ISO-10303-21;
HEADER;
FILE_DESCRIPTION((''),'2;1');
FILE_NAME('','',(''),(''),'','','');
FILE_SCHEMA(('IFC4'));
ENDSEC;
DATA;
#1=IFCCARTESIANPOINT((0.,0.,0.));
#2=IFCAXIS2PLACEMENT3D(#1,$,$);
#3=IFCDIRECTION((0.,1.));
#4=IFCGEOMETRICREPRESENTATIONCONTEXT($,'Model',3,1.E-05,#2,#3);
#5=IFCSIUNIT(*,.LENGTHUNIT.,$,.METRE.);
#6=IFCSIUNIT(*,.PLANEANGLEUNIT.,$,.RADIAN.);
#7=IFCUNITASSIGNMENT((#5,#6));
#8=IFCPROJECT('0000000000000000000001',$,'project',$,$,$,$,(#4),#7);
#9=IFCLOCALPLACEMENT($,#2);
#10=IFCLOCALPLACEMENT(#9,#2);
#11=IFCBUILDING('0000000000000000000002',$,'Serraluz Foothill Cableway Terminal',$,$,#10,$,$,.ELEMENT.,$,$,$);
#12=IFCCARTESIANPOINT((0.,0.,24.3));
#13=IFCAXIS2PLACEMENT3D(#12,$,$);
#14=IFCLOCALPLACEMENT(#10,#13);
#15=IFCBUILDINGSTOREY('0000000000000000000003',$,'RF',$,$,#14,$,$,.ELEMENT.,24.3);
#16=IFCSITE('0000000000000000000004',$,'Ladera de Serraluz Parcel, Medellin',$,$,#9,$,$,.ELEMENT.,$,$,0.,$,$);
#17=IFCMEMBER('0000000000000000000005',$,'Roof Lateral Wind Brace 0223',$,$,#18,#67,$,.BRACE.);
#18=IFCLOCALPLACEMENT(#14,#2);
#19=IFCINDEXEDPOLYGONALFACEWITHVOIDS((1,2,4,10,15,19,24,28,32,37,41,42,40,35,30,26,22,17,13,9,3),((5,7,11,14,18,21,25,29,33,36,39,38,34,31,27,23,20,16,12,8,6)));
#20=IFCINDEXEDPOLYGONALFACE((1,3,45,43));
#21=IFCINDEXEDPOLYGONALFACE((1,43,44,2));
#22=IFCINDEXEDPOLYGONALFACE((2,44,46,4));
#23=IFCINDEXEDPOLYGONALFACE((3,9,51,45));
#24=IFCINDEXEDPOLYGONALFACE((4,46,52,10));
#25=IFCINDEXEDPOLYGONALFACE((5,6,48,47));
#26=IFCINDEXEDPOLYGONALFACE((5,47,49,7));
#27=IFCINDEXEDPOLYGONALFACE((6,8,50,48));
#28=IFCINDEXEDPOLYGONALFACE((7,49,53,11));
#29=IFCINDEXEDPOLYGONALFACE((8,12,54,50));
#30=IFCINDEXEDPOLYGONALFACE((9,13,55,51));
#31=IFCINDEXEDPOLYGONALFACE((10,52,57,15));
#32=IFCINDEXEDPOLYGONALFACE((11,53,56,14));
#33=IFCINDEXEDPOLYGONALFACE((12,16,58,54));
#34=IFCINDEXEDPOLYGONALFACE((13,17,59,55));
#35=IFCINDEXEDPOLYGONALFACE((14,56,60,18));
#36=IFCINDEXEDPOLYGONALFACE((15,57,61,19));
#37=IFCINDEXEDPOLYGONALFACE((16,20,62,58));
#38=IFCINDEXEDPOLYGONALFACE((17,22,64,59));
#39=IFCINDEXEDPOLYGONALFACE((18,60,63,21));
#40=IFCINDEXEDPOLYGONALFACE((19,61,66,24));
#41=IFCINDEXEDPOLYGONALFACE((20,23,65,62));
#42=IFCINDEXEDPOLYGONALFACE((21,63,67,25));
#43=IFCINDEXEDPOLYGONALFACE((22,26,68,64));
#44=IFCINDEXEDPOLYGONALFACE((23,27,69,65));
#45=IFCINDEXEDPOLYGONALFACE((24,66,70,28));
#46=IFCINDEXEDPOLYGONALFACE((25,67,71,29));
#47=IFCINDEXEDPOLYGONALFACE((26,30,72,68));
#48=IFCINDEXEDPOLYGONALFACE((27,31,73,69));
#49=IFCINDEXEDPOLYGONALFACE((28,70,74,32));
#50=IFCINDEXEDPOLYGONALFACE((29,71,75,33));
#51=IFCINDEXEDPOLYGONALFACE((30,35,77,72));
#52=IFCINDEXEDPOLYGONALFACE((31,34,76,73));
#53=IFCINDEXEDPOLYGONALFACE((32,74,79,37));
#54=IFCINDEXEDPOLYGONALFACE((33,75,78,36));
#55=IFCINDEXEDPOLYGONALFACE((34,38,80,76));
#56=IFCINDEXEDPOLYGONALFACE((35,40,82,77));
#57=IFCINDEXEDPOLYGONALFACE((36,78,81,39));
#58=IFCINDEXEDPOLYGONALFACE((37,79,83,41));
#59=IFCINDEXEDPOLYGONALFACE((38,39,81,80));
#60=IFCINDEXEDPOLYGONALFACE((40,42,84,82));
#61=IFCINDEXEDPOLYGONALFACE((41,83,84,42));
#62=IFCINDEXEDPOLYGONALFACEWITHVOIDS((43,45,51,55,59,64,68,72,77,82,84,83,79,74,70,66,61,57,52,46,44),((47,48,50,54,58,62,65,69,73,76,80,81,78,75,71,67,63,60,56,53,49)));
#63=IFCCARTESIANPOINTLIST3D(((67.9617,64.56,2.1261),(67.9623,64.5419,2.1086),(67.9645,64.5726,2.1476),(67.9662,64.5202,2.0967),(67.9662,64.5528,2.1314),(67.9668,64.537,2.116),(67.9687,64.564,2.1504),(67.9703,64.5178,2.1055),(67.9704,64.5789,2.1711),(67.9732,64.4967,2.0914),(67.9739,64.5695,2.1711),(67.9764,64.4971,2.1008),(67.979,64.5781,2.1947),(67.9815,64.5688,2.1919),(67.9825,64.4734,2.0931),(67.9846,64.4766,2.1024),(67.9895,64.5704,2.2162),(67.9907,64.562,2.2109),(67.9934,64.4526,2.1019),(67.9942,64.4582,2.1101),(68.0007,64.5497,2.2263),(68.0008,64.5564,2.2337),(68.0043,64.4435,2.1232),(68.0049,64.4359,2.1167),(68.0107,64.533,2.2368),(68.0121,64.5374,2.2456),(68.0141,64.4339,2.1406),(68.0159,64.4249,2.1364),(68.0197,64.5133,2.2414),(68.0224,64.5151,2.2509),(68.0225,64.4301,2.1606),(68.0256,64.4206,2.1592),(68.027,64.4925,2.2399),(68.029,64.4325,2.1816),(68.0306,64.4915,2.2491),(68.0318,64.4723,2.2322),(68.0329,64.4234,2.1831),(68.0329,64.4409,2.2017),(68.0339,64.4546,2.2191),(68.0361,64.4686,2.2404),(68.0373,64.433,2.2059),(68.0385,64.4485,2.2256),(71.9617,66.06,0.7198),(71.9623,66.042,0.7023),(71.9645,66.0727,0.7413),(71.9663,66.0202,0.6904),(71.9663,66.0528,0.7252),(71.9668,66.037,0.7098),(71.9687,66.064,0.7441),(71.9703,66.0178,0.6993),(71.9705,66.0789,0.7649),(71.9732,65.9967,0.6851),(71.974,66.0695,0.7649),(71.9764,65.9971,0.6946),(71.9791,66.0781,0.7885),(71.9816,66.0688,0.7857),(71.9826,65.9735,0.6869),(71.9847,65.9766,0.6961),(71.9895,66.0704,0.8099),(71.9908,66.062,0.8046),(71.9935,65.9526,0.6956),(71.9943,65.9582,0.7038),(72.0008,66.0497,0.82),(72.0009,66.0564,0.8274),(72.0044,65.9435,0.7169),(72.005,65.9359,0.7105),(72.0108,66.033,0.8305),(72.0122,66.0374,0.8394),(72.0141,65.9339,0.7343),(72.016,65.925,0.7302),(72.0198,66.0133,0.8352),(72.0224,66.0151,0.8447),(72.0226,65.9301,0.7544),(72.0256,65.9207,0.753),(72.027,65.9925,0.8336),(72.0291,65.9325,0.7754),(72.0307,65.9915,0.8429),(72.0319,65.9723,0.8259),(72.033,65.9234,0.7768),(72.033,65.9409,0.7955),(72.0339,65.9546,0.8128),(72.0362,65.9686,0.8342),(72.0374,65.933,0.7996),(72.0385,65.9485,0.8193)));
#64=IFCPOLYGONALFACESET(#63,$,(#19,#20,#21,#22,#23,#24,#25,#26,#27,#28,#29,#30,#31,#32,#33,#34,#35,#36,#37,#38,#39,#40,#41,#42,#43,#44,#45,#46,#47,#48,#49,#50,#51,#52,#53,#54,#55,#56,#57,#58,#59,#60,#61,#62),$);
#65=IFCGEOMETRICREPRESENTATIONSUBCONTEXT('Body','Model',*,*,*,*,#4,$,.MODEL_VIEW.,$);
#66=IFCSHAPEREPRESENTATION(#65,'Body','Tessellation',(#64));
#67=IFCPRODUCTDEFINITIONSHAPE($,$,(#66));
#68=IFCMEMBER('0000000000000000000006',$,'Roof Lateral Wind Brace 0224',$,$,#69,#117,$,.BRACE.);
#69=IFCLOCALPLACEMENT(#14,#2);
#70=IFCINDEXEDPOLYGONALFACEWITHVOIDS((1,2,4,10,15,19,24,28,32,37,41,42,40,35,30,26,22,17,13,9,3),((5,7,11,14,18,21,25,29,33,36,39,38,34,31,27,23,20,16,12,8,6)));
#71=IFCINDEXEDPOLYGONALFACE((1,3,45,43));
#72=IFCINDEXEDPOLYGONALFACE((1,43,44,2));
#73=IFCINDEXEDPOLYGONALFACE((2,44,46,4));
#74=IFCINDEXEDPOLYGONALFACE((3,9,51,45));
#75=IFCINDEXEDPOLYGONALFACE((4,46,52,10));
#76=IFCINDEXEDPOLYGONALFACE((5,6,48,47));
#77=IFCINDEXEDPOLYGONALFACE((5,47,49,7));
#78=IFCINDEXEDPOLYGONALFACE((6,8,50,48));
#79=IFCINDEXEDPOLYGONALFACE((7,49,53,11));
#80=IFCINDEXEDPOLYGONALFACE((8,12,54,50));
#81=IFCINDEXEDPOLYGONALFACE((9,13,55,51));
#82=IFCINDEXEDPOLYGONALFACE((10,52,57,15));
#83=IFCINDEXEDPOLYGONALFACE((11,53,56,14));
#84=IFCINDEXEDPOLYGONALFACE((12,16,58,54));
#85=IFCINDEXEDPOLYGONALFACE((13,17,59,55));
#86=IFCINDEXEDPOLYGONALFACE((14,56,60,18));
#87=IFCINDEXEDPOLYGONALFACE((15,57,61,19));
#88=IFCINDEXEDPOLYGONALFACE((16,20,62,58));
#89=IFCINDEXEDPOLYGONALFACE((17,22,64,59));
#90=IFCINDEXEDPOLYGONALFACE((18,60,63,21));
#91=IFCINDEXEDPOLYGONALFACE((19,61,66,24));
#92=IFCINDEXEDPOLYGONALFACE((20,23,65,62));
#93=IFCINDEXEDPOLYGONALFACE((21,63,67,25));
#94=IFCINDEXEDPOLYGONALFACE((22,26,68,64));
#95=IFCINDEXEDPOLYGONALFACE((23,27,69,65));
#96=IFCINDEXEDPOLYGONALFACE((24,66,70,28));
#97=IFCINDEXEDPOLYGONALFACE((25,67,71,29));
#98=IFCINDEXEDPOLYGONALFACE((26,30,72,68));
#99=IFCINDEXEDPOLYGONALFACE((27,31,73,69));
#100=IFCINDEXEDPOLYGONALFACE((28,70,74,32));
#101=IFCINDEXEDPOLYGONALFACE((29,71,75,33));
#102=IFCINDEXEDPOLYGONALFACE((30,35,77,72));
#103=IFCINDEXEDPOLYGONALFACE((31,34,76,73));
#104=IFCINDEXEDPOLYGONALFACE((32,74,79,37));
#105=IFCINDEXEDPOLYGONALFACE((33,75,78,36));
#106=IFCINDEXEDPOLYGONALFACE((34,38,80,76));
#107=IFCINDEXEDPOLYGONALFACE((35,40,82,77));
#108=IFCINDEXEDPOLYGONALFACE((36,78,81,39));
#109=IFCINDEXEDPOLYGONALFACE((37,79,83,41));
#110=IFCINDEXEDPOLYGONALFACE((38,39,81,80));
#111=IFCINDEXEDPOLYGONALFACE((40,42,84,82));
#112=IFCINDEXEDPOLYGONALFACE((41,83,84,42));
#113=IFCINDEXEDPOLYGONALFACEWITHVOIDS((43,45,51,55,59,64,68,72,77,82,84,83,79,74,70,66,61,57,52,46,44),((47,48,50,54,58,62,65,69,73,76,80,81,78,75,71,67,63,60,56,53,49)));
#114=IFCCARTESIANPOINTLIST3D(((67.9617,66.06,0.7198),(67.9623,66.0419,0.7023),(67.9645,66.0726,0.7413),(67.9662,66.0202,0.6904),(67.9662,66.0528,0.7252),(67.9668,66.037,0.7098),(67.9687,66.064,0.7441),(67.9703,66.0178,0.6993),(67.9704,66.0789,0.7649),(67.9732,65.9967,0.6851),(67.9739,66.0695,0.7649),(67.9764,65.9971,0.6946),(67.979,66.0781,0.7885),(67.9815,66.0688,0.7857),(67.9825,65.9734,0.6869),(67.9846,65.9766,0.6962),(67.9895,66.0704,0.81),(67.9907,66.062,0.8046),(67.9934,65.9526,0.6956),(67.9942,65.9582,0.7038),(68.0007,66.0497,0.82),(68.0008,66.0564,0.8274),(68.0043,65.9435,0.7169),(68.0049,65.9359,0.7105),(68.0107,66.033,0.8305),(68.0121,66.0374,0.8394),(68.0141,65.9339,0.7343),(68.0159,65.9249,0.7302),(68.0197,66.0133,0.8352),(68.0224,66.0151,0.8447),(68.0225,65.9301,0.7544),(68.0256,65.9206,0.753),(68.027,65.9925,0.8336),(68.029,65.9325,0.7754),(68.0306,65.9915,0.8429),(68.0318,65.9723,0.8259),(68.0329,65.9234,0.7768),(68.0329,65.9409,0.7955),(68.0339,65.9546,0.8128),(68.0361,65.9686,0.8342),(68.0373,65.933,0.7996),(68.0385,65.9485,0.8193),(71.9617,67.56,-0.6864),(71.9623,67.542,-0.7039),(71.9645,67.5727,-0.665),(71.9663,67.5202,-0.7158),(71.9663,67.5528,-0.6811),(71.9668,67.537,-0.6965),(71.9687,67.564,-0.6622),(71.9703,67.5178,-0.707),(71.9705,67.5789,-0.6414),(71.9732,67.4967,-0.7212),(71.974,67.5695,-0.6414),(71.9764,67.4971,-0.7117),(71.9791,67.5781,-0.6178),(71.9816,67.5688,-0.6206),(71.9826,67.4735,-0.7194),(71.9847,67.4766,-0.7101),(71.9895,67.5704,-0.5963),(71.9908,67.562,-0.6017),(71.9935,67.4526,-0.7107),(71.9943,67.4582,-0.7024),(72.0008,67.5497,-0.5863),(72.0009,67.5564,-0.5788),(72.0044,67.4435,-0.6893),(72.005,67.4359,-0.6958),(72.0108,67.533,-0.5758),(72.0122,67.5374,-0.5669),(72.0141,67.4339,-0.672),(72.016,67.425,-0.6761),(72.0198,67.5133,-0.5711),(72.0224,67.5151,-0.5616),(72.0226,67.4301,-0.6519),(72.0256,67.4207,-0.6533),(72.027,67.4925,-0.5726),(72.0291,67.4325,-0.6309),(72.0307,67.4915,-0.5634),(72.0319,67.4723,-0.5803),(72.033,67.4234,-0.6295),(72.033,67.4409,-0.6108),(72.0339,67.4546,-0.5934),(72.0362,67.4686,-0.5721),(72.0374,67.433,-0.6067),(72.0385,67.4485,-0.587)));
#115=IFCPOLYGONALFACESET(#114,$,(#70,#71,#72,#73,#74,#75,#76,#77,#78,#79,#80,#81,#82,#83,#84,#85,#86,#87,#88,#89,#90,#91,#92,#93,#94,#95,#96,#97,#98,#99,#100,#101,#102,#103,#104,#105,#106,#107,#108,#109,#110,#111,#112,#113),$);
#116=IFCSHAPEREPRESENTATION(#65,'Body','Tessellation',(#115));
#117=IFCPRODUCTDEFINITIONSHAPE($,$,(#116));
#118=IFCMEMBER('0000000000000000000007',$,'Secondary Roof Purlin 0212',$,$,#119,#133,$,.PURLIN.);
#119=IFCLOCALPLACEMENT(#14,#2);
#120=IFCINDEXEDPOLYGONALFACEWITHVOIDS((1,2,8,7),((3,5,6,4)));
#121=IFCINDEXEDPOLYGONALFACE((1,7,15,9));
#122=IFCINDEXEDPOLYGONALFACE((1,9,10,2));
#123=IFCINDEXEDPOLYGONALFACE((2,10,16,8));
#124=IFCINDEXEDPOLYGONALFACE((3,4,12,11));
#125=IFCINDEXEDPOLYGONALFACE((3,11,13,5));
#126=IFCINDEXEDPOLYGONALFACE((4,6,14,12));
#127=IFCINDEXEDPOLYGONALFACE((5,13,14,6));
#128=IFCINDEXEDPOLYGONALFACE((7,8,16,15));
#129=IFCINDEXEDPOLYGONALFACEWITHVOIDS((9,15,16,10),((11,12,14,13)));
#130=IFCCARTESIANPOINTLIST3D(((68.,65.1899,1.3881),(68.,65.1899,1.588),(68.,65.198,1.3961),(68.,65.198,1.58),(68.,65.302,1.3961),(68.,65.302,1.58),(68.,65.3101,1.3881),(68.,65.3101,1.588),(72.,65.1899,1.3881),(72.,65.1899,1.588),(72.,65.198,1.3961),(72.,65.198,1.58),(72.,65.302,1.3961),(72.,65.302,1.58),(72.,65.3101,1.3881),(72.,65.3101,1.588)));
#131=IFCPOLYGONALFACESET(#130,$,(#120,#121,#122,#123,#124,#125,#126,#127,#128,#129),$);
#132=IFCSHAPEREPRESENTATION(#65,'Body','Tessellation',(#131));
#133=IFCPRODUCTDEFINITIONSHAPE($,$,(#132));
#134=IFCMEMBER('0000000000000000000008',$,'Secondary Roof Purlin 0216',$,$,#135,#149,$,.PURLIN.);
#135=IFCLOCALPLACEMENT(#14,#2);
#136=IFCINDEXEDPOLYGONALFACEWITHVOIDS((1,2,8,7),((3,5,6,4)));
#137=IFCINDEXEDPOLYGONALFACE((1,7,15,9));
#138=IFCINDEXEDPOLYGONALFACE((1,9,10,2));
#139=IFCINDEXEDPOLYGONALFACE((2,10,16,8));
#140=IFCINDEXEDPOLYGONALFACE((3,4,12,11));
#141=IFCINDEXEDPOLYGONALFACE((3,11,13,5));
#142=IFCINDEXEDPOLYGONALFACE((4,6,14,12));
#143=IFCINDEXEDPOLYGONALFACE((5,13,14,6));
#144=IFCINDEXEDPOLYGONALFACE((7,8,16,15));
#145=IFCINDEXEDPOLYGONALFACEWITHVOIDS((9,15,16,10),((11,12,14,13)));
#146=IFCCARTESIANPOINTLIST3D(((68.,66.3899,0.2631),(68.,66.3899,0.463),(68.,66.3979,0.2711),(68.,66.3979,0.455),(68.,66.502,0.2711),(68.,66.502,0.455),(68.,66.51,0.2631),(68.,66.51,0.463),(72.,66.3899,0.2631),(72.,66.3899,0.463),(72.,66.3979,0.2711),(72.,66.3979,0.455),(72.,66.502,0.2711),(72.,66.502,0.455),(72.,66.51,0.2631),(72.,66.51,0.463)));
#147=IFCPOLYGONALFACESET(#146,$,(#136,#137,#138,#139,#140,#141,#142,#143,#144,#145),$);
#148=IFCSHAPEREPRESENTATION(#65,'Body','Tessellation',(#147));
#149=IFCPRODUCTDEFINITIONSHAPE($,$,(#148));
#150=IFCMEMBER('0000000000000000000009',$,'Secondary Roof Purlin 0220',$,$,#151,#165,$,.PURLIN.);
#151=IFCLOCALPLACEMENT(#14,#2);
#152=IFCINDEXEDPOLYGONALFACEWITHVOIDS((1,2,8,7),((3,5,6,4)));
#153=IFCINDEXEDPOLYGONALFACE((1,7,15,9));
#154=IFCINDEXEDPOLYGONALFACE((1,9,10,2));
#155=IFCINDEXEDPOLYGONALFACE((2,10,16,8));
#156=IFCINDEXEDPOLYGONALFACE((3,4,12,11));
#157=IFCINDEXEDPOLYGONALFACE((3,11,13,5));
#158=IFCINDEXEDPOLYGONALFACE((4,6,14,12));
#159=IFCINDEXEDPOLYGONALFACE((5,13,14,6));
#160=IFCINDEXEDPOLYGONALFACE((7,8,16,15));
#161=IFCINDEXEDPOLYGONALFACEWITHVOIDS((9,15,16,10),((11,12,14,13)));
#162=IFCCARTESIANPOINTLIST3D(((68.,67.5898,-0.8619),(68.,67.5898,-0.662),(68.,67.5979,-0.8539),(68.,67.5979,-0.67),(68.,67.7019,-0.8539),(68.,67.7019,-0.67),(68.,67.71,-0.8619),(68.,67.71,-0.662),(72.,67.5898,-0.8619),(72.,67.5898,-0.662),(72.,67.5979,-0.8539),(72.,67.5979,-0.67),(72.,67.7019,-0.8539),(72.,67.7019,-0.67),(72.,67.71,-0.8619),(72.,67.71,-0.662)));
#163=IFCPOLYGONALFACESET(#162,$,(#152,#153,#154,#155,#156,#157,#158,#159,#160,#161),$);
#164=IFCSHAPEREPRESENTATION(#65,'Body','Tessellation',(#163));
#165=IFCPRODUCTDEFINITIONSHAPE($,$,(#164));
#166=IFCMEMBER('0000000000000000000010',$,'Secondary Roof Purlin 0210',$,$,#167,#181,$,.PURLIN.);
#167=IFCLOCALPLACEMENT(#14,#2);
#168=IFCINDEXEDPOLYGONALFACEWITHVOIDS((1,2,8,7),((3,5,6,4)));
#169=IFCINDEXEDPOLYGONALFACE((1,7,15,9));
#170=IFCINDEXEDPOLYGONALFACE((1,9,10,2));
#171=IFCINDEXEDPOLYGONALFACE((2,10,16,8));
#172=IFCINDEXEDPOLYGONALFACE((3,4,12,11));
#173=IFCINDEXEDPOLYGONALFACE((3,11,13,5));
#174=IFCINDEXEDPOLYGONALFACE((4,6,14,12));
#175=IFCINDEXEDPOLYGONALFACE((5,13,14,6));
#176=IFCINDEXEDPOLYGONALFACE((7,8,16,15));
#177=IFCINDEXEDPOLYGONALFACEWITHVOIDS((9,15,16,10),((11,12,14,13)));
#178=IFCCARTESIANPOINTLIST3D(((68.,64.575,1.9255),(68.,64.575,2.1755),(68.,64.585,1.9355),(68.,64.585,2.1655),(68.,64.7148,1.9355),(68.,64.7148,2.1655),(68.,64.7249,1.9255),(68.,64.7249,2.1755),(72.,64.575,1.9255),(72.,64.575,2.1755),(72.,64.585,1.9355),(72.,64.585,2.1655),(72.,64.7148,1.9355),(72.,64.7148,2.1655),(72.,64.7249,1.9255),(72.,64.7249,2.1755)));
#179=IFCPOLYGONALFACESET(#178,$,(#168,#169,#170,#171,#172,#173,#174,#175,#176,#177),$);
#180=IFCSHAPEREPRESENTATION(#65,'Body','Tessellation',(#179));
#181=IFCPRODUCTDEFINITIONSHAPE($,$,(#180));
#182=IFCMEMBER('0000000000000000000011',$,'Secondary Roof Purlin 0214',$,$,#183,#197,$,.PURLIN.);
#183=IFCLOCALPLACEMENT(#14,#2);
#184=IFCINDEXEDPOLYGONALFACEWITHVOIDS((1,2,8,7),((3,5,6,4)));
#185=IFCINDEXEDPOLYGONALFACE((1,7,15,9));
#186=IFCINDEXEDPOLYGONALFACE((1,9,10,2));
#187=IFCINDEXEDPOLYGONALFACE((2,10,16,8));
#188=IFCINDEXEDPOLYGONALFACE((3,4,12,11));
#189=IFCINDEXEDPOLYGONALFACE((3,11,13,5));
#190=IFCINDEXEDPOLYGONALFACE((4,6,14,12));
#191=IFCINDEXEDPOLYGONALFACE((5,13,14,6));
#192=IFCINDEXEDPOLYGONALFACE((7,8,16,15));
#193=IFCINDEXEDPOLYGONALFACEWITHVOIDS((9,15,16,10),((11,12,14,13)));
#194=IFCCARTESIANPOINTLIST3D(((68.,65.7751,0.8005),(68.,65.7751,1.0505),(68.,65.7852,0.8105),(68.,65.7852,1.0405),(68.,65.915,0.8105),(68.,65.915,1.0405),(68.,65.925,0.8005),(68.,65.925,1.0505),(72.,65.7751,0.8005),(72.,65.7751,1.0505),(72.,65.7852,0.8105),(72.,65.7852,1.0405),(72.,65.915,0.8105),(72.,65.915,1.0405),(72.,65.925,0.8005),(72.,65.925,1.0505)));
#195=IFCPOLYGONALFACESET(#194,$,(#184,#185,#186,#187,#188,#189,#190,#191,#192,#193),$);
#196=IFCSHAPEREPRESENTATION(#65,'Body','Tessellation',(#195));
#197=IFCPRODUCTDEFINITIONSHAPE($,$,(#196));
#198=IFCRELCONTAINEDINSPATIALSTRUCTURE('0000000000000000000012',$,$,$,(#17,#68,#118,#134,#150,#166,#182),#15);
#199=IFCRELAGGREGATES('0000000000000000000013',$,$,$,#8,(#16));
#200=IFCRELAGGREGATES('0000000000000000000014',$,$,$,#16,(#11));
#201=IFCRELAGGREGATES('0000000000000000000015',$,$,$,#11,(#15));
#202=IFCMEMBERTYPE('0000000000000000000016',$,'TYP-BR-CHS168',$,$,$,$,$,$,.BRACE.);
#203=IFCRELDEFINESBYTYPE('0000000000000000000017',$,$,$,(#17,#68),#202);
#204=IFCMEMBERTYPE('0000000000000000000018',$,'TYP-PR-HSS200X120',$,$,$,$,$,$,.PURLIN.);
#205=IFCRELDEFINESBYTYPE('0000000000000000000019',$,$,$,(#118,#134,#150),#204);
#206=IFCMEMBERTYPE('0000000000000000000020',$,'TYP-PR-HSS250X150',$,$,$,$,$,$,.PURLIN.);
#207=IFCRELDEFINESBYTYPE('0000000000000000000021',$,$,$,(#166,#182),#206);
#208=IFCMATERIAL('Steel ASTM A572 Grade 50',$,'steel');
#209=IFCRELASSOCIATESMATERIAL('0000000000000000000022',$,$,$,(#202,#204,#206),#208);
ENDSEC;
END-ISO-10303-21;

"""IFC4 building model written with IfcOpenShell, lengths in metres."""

from ifc_helpers import new_model, si_unit, direction, frame, origin, origin_2d, place, context, subcontext, project, spatial, hollow_rectangle, hollow_circle, extrude, material, material_profile, profile_set, type_object, element, save


model = new_model("IFC4")

# Units and contexts
model_context = context("Model", 3, precision=1e-05, world=origin(), true_north=direction((0.0, 1.0)))
body_context = subcontext(model_context, "Body", "Model", "MODEL_VIEW")
ifc_project = project(units=[si_unit("LENGTHUNIT", "METRE"), si_unit("PLANEANGLEUNIT", "RADIAN")], contexts=[model_context])

# Site, building, storey
site_placement = place(None, origin())
site = spatial("IfcSite", under=ifc_project, at=site_placement, Name="Ladera de Serraluz Parcel, Medellin", CompositionType="ELEMENT", RefElevation=0.0)
building_placement = place(site_placement, origin())
building = spatial("IfcBuilding", under=site, at=building_placement, Name="Serraluz Foothill Cableway Terminal", CompositionType="ELEMENT")
storey_placement = place(building_placement, frame((0.0, 0.0, 24.3)))
storey = spatial("IfcBuildingStorey", under=building, at=storey_placement, Name="RF", CompositionType="ELEMENT", Elevation=24.3)

# Members
ifc_material_1 = material(Name="Steel ASTM A572 Grade 50", Category="steel")
ifc_material_profile_1 = material_profile(ifc_material_1, hollow_circle(Radius=0.0842, WallThickness=0.01, at=origin_2d()), Name="CHS168X10")
ifc_profile_set_1 = profile_set([ifc_material_profile_1], Name="Steel ASTM A572 Grade 50")
member_type_1 = type_object("IfcMemberType", Name="TYP-BR-CHS168", PredefinedType="BRACE", material=ifc_profile_set_1)
for number, where, z_axis, x_axis, name in (
    (1, (68.0, 64.5, 2.1711), (0.889382, 0.333518, -0.312673), (-0.351123, 0.936329, 0.0), "Roof Lateral Wind Brace 0223"),
    (2, (68.0, 66.0, 0.7649), (0.889382, 0.333518, -0.312673), (-0.351123, 0.936329, 0.0), "Roof Lateral Wind Brace 0224"),
):
    element("IfcMember", number, at=place(storey_placement, frame(where, z_axis=z_axis, x_axis=x_axis)), inside=storey, type_object=member_type_1, Name=name, PredefinedType="BRACE", context=body_context, shape_type="SweptSolid", body=[
        extrude(hollow_circle(Radius=0.0842, WallThickness=0.01, at=origin_2d()), origin(), (0.0, 0.0, 1.0), 4.4976),
    ])
ifc_material_profile_2 = material_profile(ifc_material_1, hollow_rectangle(XDim=0.1201, YDim=0.2, WallThickness=0.0081, at=origin_2d()), Name="HSS200X120X8")
ifc_profile_set_2 = profile_set([ifc_material_profile_2], Name="Steel ASTM A572 Grade 50")
member_type_2 = type_object("IfcMemberType", Name="TYP-PR-HSS200X120", PredefinedType="PURLIN", material=ifc_profile_set_2)
for number, where, z_axis, x_axis, name in (
    (3, (68.0, 65.25, 1.488), (1.0, 0.0, 0.0), (0.0, 1.0, 0.0), "Secondary Roof Purlin 0212"),
    (4, (68.0, 66.45, 0.363), (1.0, 0.0, 0.0), (0.0, 1.0, 0.0), "Secondary Roof Purlin 0216"),
    (5, (68.0, 67.6499, -0.762), (1.0, 0.0, 0.0), (0.0, 1.0, 0.0), "Secondary Roof Purlin 0220"),
):
    element("IfcMember", number, at=place(storey_placement, frame(where, z_axis=z_axis, x_axis=x_axis)), inside=storey, type_object=member_type_2, Name=name, PredefinedType="PURLIN", context=body_context, shape_type="SweptSolid", body=[
        extrude(hollow_rectangle(XDim=0.1201, YDim=0.2, WallThickness=0.0081, at=origin_2d()), origin(), (0.0, 0.0, 1.0), 4.0),
    ])
ifc_material_profile_3 = material_profile(ifc_material_1, hollow_rectangle(XDim=0.1499, YDim=0.25, WallThickness=0.01, at=origin_2d()), Name="HSS250X150X10")
ifc_profile_set_3 = profile_set([ifc_material_profile_3], Name="Steel ASTM A572 Grade 50")
member_type_3 = type_object("IfcMemberType", Name="TYP-PR-HSS250X150", PredefinedType="PURLIN", material=ifc_profile_set_3)
for number, where, z_axis, x_axis, name in (
    (6, (68.0, 64.6499, 2.0505), (1.0, 0.0, 0.0), (0.0, 1.0, 0.0), "Secondary Roof Purlin 0210"),
    (7, (68.0, 65.8501, 0.9255), (1.0, 0.0, 0.0), (0.0, 1.0, 0.0), "Secondary Roof Purlin 0214"),
):
    element("IfcMember", number, at=place(storey_placement, frame(where, z_axis=z_axis, x_axis=x_axis)), inside=storey, type_object=member_type_3, Name=name, PredefinedType="PURLIN", context=body_context, shape_type="SweptSolid", body=[
        extrude(hollow_rectangle(XDim=0.1499, YDim=0.25, WallThickness=0.01, at=origin_2d()), origin(), (0.0, 0.0, 1.0), 4.0),
    ])

save(model, "model.ifc")
